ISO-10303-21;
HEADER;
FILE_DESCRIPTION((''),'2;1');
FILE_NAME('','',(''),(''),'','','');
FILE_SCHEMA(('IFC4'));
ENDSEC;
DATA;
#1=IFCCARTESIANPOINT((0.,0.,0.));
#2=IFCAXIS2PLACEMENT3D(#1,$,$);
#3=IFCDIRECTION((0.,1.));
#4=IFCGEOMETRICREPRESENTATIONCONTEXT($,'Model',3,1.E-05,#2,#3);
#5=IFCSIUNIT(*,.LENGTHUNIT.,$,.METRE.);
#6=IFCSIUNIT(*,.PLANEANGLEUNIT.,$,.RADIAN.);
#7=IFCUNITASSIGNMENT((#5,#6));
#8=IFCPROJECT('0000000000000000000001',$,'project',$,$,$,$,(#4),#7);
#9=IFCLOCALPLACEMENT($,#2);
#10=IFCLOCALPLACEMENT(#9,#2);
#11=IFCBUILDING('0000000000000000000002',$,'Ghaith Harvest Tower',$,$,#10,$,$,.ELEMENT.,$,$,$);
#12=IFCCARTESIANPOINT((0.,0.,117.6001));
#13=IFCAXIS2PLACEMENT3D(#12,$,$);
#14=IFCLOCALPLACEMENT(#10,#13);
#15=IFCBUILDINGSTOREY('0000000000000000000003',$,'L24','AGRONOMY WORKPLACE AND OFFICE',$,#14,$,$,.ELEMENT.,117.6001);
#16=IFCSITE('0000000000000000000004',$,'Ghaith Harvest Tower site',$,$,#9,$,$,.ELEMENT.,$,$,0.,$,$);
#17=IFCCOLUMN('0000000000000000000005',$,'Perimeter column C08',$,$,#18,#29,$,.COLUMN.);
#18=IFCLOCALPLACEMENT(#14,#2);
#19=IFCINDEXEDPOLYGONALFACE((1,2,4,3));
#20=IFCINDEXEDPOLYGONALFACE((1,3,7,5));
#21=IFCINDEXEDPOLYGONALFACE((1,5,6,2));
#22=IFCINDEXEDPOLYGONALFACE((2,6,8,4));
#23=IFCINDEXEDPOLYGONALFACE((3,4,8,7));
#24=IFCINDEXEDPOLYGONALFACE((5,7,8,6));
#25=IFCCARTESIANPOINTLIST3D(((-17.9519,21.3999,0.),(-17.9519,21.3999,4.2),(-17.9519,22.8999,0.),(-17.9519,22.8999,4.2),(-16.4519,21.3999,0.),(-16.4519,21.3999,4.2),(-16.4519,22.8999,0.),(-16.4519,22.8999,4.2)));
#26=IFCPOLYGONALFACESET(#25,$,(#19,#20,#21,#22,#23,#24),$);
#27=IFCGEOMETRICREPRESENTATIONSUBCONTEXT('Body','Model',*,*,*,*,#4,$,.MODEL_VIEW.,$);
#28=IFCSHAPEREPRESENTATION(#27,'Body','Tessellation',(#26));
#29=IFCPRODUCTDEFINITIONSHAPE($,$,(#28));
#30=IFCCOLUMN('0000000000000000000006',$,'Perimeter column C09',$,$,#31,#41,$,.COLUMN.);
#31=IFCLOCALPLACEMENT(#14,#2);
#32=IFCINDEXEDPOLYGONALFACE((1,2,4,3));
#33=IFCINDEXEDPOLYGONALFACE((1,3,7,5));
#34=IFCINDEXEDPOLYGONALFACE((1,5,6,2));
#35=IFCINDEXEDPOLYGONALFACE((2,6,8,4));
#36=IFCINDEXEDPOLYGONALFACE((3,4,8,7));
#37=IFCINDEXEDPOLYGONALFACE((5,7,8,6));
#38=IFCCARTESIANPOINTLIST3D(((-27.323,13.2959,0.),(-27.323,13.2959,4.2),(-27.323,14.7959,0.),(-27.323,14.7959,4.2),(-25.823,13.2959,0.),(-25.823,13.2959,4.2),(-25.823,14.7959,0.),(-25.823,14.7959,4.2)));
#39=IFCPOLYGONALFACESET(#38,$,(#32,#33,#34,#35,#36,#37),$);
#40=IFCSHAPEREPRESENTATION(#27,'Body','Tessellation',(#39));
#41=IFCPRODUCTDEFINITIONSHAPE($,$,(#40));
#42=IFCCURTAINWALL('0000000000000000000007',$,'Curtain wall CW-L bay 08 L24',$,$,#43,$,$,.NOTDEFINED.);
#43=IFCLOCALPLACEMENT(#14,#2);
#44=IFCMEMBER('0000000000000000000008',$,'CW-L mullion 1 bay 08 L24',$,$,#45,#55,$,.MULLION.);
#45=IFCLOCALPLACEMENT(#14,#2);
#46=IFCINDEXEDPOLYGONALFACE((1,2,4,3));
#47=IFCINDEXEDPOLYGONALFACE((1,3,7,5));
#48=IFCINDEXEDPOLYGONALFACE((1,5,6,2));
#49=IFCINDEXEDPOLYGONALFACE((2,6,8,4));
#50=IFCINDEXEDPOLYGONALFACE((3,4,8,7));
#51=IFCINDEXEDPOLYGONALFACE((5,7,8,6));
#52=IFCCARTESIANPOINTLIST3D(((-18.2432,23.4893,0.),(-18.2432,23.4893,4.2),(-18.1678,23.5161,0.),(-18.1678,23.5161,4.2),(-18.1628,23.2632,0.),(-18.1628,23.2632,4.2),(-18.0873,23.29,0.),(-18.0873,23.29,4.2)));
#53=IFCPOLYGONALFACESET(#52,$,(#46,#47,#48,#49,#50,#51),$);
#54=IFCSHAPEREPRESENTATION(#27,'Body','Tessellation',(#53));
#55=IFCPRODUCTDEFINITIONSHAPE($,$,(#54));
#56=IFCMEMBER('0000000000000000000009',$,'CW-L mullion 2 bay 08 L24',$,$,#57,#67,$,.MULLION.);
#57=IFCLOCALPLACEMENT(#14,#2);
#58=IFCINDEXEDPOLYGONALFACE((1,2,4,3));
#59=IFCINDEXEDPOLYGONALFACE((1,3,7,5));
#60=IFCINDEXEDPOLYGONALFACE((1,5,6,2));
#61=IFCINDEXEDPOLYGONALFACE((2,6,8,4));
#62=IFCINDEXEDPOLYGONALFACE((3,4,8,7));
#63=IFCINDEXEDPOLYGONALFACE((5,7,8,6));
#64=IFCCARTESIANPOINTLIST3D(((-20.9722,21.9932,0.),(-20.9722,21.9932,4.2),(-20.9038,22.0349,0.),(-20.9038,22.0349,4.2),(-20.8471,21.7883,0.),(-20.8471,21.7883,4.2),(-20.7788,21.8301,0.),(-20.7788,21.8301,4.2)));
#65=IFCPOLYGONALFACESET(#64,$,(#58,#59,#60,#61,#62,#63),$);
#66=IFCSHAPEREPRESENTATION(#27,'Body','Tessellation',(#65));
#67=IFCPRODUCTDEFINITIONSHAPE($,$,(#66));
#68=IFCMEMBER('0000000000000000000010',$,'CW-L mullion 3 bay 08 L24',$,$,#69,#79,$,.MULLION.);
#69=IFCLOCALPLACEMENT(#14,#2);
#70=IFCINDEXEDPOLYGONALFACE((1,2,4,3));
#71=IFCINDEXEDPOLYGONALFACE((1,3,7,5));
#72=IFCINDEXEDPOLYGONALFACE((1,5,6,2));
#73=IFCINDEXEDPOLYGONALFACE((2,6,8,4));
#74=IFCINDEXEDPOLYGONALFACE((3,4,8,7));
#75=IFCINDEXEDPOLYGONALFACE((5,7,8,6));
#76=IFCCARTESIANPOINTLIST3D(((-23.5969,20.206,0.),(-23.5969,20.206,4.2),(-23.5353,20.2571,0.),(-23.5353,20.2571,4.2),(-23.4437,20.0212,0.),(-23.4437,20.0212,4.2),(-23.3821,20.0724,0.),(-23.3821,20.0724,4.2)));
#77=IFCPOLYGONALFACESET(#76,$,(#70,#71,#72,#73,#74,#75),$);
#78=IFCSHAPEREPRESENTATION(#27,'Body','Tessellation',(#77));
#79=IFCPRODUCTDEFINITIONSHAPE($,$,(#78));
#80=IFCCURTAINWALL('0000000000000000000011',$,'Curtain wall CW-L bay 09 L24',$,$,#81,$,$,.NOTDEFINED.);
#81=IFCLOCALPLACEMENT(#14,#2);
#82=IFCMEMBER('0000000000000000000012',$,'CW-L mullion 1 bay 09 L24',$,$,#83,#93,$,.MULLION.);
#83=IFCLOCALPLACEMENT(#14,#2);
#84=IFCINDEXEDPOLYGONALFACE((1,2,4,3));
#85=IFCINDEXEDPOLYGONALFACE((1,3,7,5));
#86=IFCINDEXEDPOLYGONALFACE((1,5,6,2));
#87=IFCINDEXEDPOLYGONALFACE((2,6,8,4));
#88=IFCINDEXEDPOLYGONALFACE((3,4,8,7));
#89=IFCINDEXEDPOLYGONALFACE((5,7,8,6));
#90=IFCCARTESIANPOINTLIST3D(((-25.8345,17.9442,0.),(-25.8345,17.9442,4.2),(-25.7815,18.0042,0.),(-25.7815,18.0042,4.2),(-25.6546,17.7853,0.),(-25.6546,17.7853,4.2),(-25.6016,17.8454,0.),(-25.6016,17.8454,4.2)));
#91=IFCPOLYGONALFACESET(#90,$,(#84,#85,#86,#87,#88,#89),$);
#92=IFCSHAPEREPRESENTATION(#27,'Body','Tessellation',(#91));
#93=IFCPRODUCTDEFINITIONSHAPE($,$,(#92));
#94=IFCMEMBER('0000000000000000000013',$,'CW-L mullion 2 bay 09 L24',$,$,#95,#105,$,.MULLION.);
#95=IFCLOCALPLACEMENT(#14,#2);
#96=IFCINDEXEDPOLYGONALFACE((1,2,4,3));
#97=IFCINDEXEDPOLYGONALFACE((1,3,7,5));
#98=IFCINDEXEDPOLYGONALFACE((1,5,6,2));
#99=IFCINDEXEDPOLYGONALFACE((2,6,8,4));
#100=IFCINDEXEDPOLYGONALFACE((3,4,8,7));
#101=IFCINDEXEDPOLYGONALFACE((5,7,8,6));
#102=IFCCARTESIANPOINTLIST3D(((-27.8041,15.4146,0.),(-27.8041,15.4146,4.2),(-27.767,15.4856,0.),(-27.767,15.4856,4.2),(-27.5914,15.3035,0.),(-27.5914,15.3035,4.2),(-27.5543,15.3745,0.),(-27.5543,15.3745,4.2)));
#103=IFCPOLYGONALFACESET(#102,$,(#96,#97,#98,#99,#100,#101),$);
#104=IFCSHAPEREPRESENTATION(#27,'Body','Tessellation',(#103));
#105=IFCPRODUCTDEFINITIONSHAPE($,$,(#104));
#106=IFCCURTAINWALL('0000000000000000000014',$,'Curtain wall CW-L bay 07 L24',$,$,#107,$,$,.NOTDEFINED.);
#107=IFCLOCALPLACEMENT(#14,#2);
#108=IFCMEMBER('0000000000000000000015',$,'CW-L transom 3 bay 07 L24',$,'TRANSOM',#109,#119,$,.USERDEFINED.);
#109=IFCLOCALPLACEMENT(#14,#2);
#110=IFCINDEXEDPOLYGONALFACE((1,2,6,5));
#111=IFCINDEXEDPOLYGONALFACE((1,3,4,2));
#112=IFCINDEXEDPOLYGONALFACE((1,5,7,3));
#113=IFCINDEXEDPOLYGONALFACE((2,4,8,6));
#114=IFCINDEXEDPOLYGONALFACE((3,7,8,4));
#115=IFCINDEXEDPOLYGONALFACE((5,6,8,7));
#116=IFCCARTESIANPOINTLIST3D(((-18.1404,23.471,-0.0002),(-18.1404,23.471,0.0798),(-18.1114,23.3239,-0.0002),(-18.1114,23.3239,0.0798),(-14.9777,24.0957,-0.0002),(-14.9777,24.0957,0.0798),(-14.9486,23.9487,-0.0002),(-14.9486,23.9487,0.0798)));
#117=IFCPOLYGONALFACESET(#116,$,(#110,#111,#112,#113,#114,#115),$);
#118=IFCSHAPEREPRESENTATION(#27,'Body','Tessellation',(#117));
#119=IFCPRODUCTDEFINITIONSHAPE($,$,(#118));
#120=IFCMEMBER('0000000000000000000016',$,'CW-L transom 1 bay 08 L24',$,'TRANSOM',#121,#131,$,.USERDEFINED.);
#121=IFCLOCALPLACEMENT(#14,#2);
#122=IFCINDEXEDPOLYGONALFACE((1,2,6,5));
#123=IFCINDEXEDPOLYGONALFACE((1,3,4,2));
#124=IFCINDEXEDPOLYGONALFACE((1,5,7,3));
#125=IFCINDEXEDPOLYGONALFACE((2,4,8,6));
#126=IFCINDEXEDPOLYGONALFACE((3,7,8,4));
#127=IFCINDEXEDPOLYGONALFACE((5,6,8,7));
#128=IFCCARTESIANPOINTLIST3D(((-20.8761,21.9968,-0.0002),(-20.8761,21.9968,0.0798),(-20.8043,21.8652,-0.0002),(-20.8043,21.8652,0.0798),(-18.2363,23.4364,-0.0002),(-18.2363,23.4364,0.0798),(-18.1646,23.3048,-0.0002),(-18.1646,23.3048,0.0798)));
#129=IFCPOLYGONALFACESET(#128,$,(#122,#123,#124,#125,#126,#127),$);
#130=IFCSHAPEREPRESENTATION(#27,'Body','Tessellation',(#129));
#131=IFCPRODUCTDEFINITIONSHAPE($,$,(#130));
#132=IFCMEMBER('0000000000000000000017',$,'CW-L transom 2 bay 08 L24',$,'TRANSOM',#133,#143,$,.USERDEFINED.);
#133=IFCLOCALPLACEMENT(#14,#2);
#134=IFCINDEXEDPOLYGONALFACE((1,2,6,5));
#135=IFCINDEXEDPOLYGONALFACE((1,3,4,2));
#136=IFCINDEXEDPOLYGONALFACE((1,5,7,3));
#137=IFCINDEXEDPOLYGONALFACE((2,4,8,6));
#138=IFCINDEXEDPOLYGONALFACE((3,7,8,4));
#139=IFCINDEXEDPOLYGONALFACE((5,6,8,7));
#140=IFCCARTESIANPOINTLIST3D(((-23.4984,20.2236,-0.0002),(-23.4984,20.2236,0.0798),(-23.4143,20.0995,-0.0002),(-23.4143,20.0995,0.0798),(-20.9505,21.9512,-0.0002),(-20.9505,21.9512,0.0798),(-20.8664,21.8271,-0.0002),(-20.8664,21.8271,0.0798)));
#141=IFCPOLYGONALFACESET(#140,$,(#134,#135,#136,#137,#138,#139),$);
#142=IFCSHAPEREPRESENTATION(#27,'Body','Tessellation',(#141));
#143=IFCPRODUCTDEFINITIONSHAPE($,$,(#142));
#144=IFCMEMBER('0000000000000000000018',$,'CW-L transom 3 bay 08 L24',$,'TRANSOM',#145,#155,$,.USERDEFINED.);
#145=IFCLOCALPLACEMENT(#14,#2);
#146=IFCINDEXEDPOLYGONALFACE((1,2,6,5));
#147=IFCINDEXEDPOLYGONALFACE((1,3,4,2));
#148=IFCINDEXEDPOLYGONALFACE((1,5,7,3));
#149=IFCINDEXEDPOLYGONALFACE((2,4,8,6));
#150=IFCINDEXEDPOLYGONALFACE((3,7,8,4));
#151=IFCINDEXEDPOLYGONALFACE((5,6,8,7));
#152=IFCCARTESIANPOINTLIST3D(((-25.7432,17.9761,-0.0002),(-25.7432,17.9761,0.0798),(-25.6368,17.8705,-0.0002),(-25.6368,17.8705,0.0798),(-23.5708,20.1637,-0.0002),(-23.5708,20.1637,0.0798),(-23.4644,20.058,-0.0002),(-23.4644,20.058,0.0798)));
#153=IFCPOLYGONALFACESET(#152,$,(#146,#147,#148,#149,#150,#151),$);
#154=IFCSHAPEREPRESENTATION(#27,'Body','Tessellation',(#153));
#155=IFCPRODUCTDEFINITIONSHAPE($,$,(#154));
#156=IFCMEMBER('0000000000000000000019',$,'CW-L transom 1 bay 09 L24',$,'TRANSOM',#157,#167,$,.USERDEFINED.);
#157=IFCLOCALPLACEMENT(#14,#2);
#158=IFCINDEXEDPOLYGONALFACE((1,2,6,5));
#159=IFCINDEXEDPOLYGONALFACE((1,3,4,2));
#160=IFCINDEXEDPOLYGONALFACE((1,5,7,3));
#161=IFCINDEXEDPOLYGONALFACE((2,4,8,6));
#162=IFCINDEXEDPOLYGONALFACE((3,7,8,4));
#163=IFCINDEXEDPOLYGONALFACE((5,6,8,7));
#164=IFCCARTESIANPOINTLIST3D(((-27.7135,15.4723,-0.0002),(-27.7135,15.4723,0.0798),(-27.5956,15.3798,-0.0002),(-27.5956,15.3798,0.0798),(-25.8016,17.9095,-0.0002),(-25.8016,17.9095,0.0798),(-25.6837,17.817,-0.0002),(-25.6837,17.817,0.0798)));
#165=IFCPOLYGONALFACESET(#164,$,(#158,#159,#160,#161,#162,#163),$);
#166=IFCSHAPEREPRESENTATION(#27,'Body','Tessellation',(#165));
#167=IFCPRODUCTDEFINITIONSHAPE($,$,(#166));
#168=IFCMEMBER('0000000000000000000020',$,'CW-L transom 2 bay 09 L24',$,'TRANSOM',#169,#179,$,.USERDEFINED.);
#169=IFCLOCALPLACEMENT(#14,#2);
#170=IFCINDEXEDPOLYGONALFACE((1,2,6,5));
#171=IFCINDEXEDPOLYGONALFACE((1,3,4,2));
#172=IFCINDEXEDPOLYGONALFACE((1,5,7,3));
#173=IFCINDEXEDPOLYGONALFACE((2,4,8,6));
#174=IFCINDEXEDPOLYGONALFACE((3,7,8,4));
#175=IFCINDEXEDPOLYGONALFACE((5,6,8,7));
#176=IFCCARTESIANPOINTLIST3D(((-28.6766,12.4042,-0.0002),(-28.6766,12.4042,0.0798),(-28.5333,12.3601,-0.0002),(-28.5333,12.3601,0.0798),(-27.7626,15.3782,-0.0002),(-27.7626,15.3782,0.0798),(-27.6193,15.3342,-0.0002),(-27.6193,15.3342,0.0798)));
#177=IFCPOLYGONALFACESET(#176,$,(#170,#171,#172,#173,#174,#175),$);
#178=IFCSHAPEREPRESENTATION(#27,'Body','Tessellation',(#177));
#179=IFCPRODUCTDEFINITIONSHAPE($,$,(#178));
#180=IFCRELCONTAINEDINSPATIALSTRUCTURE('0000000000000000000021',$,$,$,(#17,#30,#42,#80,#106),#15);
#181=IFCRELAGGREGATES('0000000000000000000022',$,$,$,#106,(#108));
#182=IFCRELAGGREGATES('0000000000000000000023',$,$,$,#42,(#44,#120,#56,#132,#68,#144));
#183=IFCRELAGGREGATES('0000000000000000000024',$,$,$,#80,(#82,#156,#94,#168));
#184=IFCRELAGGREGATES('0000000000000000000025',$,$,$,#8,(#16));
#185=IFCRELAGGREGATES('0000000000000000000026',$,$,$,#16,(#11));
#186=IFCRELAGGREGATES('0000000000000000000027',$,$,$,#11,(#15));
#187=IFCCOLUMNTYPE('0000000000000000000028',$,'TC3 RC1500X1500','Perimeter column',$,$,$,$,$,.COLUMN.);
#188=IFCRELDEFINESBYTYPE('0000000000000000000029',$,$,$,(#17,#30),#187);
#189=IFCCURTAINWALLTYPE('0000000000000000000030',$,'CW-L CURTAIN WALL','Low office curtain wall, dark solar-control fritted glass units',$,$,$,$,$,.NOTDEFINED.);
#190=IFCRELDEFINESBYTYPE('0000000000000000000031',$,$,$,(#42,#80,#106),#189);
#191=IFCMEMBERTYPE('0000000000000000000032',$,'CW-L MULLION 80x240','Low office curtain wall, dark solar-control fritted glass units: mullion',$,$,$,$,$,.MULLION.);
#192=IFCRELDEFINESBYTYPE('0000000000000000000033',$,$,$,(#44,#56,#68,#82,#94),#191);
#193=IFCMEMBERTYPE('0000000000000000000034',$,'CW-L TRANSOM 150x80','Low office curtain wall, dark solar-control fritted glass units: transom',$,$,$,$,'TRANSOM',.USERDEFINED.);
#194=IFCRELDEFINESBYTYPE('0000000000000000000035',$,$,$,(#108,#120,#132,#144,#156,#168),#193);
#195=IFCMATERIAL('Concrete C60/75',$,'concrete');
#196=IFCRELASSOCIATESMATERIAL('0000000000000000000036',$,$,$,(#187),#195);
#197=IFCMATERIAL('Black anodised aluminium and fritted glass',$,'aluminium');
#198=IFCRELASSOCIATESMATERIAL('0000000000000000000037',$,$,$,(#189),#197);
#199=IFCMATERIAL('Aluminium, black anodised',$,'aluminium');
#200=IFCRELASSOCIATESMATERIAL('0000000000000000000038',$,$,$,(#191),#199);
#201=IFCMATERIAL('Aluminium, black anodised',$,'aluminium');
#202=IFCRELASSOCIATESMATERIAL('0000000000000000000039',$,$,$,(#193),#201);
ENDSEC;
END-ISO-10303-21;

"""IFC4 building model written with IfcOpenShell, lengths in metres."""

from ifc_helpers import new_model, si_unit, direction, frame, origin, origin_2d, place, context, subcontext, project, spatial, rectangle, extrude, material, material_profile, profile_set, type_object, element, aggregate, save


model = new_model("IFC4")

# Units and contexts
model_context = context("Model", 3, precision=1e-05, world=origin(), true_north=direction((0.0, 1.0)))
body_context = subcontext(model_context, "Body", "Model", "MODEL_VIEW")
ifc_project = project(units=[si_unit("LENGTHUNIT", "METRE"), si_unit("PLANEANGLEUNIT", "RADIAN")], contexts=[model_context])

# Site, building, storey
site_placement = place(None, origin())
site = spatial("IfcSite", under=ifc_project, at=site_placement, Name="Ghaith Harvest Tower site", CompositionType="ELEMENT", RefElevation=0.0)
building_placement = place(site_placement, origin())
building = spatial("IfcBuilding", under=site, at=building_placement, Name="Ghaith Harvest Tower", CompositionType="ELEMENT")
storey_placement = place(building_placement, frame((0.0, 0.0, 117.6001)))
storey = spatial("IfcBuildingStorey", under=building, at=storey_placement, Name="L24", Description="AGRONOMY WORKPLACE AND OFFICE", CompositionType="ELEMENT", Elevation=117.6001)

# Columns
ifc_material_1 = material(Name="Concrete C60/75", Category="concrete")
ifc_material_profile_1 = material_profile(ifc_material_1, rectangle(XDim=1.5, YDim=1.5, at=origin_2d()), Name="RC1500X1500")
ifc_profile_set_1 = profile_set([ifc_material_profile_1], Name="Concrete C60/75")
column_type = type_object("IfcColumnType", Name="TC3 RC1500X1500", Description="Perimeter column", PredefinedType="COLUMN", material=ifc_profile_set_1)
for number, where, z_axis, x_axis, name in (
    (1, (-17.2019, 22.1499, 0.0), (0.0, 0.0, 1.0), (1.0, 0.0, 0.0), "Perimeter column C08"),
    (2, (-26.573, 14.0459, 0.0), (0.0, 0.0, 1.0), (1.0, 0.0, 0.0), "Perimeter column C09"),
):
    element("IfcColumn", number, at=place(storey_placement, frame(where, z_axis=z_axis, x_axis=x_axis)), inside=storey, type_object=column_type, Name=name, PredefinedType="COLUMN", context=body_context, shape_type="SweptSolid", body=[
        extrude(rectangle(XDim=1.5, YDim=1.5, at=origin_2d()), origin(), (0.0, 0.0, 1.0), 4.2),
    ])

# Curtain walls, members
ifc_material_2 = material(Name="Black anodised aluminium and fritted glass", Category="aluminium")
curtain_wall_type = type_object("IfcCurtainWallType", Name="CW-L CURTAIN WALL", Description="Low office curtain wall, dark solar-control fritted glass units", PredefinedType="NOTDEFINED", material=ifc_material_2)
curtain_wall_1_placement = place(storey_placement, origin())
curtain_wall_1 = element("IfcCurtainWall", 3, at=curtain_wall_1_placement, inside=storey, type_object=curtain_wall_type, Name="Curtain wall CW-L bay 08 L24", PredefinedType="NOTDEFINED")
ifc_material_3 = material(Name="Aluminium, black anodised", Category="aluminium")
ifc_material_profile_2 = material_profile(ifc_material_3, rectangle(XDim=0.0801, YDim=0.24, at=origin_2d()), Name="CW-L MULLION 80x240")
ifc_profile_set_2 = profile_set([ifc_material_profile_2], Name="Aluminium, black anodised")
member_type_1 = type_object("IfcMemberType", Name="CW-L MULLION 80x240", Description="Low office curtain wall, dark solar-control fritted glass units: mullion", PredefinedType="MULLION", material=ifc_profile_set_2)
member_1_placement = place(storey_placement, frame((-18.1653, 23.3896, 0.0), z_axis=(0.0, 0.0, 1.0), x_axis=(-0.942104, -0.335322, 0.0)))
member_1 = element("IfcMember", 4, at=member_1_placement, type_object=member_type_1, Name="CW-L mullion 1 bay 08 L24", PredefinedType="MULLION", context=body_context, shape_type="SweptSolid", body=[
    extrude(rectangle(XDim=0.0801, YDim=0.24, at=origin_2d()), origin(), (0.0, 0.0, 1.0), 4.2),
])
member_2_placement = place(storey_placement, frame((-20.8755, 21.9116, 0.0), z_axis=(0.0, 0.0, 1.0), x_axis=(-0.853516, -0.521067, 0.0)))
member_2 = element("IfcMember", 5, at=member_2_placement, type_object=member_type_1, Name="CW-L mullion 2 bay 08 L24", PredefinedType="MULLION", context=body_context, shape_type="SweptSolid", body=[
    extrude(rectangle(XDim=0.0801, YDim=0.24, at=origin_2d()), origin(), (0.0, 0.0, 1.0), 4.2),
])
member_3_placement = place(storey_placement, frame((-23.4895, 20.1392, 0.0), z_axis=(0.0, 0.0, 1.0), x_axis=(-0.769683, -0.638427, 0.0)))
member_3 = element("IfcMember", 6, at=member_3_placement, type_object=member_type_1, Name="CW-L mullion 3 bay 08 L24", PredefinedType="MULLION", context=body_context, shape_type="SweptSolid", body=[
    extrude(rectangle(XDim=0.0801, YDim=0.24, at=origin_2d()), origin(), (0.0, 0.0, 1.0), 4.2),
])
curtain_wall_2_placement = place(storey_placement, origin())
curtain_wall_2 = element("IfcCurtainWall", 7, at=curtain_wall_2_placement, inside=storey, type_object=curtain_wall_type, Name="Curtain wall CW-L bay 09 L24", PredefinedType="NOTDEFINED")
member_4_placement = place(storey_placement, frame((-25.718, 17.8948, 0.0), z_axis=(0.0, 0.0, 1.0), x_axis=(-0.661904, -0.749589, 0.0)))
member_4 = element("IfcMember", 8, at=member_4_placement, type_object=member_type_1, Name="CW-L mullion 1 bay 09 L24", PredefinedType="MULLION", context=body_context, shape_type="SweptSolid", body=[
    extrude(rectangle(XDim=0.0801, YDim=0.24, at=origin_2d()), origin(), (0.0, 0.0, 1.0), 4.2),
])
member_5_placement = place(storey_placement, frame((-27.6792, 15.3945, 0.0), z_axis=(0.0, 0.0, 1.0), x_axis=(-0.46289, -0.886416, 0.0)))
member_5 = element("IfcMember", 9, at=member_5_placement, type_object=member_type_1, Name="CW-L mullion 2 bay 09 L24", PredefinedType="MULLION", context=body_context, shape_type="SweptSolid", body=[
    extrude(rectangle(XDim=0.0801, YDim=0.24, at=origin_2d()), origin(), (0.0, 0.0, 1.0), 4.2),
])

# Curtain wall, member
curtain_wall_3_placement = place(storey_placement, origin())
curtain_wall_3 = element("IfcCurtainWall", 10, at=curtain_wall_3_placement, inside=storey, type_object=curtain_wall_type, Name="Curtain wall CW-L bay 07 L24", PredefinedType="NOTDEFINED")
ifc_material_4 = material(Name="Aluminium, black anodised", Category="aluminium")
ifc_material_profile_3 = material_profile(ifc_material_4, rectangle(XDim=0.1499, YDim=0.0801, at=origin_2d()), Name="CW-L TRANSOM 150x80")
ifc_profile_set_3 = profile_set([ifc_material_profile_3], Name="Aluminium, black anodised")
member_type_2 = type_object("IfcMemberType", Name="CW-L TRANSOM 150x80", Description="Low office curtain wall, dark solar-control fritted glass units: transom", ElementType="TRANSOM", PredefinedType="USERDEFINED", material=ifc_profile_set_3)
member_6_placement = place(storey_placement, frame((-14.9631, 24.0222, 0.0398), z_axis=(-0.981044, -0.193786, 0.0), x_axis=(0.193786, -0.981044, 0.0)))
member_6 = element("IfcMember", 11, at=member_6_placement, type_object=member_type_2, Name="CW-L transom 3 bay 07 L24", ObjectType="TRANSOM", PredefinedType="USERDEFINED", context=body_context, shape_type="SweptSolid", body=[
    extrude(rectangle(XDim=0.1499, YDim=0.0801, at=origin_2d()), origin(), (0.0, 0.0, 1.0), 3.2239),
])

# Members
member_7_placement = place(storey_placement, frame((-18.2004, 23.3706, 0.0398), z_axis=(-0.87793, -0.47879, 0.0), x_axis=(0.47879, -0.87793, 0.0)))
member_7 = element("IfcMember", 12, at=member_7_placement, type_object=member_type_2, Name="CW-L transom 1 bay 08 L24", ObjectType="TRANSOM", PredefinedType="USERDEFINED", context=body_context, shape_type="SweptSolid", body=[
    extrude(rectangle(XDim=0.1499, YDim=0.0801, at=origin_2d()), origin(), (0.0, 0.0, 1.0), 3.0068),
])
member_8_placement = place(storey_placement, frame((-20.9084, 21.8892, 0.0398), z_axis=(-0.827681, -0.561199, 0.0), x_axis=(0.561199, -0.827681, 0.0)))
member_8 = element("IfcMember", 13, at=member_8_placement, type_object=member_type_2, Name="CW-L transom 2 bay 08 L24", ObjectType="TRANSOM", PredefinedType="USERDEFINED", context=body_context, shape_type="SweptSolid", body=[
    extrude(rectangle(XDim=0.1499, YDim=0.0801, at=origin_2d()), origin(), (0.0, 0.0, 1.0), 3.0784),
])
member_9_placement = place(storey_placement, frame((-23.5176, 20.1108, 0.0398), z_axis=(-0.704648, -0.709557, 0.0), x_axis=(0.709557, -0.704648, 0.0)))
member_9 = element("IfcMember", 14, at=member_9_placement, type_object=member_type_2, Name="CW-L transom 3 bay 08 L24", ObjectType="TRANSOM", PredefinedType="USERDEFINED", context=body_context, shape_type="SweptSolid", body=[
    extrude(rectangle(XDim=0.1499, YDim=0.0801, at=origin_2d()), origin(), (0.0, 0.0, 1.0), 3.083),
])
member_10_placement = place(storey_placement, frame((-25.7427, 17.8633, 0.0398), z_axis=(-0.617198, -0.786808, 0.0), x_axis=(0.786808, -0.617198, 0.0)))
member_10 = element("IfcMember", 15, at=member_10_placement, type_object=member_type_2, Name="CW-L transom 1 bay 09 L24", ObjectType="TRANSOM", PredefinedType="USERDEFINED", context=body_context, shape_type="SweptSolid", body=[
    extrude(rectangle(XDim=0.1499, YDim=0.0801, at=origin_2d()), origin(), (0.0, 0.0, 1.0), 3.0977),
])
member_11_placement = place(storey_placement, frame((-27.6909, 15.3562, 0.0398), z_axis=(-0.293777, -0.955874, 0.0), x_axis=(0.955874, -0.293777, 0.0)))
member_11 = element("IfcMember", 16, at=member_11_placement, type_object=member_type_2, Name="CW-L transom 2 bay 09 L24", ObjectType="TRANSOM", PredefinedType="USERDEFINED", context=body_context, shape_type="SweptSolid", body=[
    extrude(rectangle(XDim=0.1499, YDim=0.0801, at=origin_2d()), origin(), (0.0, 0.0, 1.0), 3.1113),
])

aggregate(curtain_wall_3, [member_6])
aggregate(curtain_wall_1, [member_1, member_7, member_2, member_8, member_3, member_9])
aggregate(curtain_wall_2, [member_4, member_10, member_5, member_11])

save(model, "model.ifc")
